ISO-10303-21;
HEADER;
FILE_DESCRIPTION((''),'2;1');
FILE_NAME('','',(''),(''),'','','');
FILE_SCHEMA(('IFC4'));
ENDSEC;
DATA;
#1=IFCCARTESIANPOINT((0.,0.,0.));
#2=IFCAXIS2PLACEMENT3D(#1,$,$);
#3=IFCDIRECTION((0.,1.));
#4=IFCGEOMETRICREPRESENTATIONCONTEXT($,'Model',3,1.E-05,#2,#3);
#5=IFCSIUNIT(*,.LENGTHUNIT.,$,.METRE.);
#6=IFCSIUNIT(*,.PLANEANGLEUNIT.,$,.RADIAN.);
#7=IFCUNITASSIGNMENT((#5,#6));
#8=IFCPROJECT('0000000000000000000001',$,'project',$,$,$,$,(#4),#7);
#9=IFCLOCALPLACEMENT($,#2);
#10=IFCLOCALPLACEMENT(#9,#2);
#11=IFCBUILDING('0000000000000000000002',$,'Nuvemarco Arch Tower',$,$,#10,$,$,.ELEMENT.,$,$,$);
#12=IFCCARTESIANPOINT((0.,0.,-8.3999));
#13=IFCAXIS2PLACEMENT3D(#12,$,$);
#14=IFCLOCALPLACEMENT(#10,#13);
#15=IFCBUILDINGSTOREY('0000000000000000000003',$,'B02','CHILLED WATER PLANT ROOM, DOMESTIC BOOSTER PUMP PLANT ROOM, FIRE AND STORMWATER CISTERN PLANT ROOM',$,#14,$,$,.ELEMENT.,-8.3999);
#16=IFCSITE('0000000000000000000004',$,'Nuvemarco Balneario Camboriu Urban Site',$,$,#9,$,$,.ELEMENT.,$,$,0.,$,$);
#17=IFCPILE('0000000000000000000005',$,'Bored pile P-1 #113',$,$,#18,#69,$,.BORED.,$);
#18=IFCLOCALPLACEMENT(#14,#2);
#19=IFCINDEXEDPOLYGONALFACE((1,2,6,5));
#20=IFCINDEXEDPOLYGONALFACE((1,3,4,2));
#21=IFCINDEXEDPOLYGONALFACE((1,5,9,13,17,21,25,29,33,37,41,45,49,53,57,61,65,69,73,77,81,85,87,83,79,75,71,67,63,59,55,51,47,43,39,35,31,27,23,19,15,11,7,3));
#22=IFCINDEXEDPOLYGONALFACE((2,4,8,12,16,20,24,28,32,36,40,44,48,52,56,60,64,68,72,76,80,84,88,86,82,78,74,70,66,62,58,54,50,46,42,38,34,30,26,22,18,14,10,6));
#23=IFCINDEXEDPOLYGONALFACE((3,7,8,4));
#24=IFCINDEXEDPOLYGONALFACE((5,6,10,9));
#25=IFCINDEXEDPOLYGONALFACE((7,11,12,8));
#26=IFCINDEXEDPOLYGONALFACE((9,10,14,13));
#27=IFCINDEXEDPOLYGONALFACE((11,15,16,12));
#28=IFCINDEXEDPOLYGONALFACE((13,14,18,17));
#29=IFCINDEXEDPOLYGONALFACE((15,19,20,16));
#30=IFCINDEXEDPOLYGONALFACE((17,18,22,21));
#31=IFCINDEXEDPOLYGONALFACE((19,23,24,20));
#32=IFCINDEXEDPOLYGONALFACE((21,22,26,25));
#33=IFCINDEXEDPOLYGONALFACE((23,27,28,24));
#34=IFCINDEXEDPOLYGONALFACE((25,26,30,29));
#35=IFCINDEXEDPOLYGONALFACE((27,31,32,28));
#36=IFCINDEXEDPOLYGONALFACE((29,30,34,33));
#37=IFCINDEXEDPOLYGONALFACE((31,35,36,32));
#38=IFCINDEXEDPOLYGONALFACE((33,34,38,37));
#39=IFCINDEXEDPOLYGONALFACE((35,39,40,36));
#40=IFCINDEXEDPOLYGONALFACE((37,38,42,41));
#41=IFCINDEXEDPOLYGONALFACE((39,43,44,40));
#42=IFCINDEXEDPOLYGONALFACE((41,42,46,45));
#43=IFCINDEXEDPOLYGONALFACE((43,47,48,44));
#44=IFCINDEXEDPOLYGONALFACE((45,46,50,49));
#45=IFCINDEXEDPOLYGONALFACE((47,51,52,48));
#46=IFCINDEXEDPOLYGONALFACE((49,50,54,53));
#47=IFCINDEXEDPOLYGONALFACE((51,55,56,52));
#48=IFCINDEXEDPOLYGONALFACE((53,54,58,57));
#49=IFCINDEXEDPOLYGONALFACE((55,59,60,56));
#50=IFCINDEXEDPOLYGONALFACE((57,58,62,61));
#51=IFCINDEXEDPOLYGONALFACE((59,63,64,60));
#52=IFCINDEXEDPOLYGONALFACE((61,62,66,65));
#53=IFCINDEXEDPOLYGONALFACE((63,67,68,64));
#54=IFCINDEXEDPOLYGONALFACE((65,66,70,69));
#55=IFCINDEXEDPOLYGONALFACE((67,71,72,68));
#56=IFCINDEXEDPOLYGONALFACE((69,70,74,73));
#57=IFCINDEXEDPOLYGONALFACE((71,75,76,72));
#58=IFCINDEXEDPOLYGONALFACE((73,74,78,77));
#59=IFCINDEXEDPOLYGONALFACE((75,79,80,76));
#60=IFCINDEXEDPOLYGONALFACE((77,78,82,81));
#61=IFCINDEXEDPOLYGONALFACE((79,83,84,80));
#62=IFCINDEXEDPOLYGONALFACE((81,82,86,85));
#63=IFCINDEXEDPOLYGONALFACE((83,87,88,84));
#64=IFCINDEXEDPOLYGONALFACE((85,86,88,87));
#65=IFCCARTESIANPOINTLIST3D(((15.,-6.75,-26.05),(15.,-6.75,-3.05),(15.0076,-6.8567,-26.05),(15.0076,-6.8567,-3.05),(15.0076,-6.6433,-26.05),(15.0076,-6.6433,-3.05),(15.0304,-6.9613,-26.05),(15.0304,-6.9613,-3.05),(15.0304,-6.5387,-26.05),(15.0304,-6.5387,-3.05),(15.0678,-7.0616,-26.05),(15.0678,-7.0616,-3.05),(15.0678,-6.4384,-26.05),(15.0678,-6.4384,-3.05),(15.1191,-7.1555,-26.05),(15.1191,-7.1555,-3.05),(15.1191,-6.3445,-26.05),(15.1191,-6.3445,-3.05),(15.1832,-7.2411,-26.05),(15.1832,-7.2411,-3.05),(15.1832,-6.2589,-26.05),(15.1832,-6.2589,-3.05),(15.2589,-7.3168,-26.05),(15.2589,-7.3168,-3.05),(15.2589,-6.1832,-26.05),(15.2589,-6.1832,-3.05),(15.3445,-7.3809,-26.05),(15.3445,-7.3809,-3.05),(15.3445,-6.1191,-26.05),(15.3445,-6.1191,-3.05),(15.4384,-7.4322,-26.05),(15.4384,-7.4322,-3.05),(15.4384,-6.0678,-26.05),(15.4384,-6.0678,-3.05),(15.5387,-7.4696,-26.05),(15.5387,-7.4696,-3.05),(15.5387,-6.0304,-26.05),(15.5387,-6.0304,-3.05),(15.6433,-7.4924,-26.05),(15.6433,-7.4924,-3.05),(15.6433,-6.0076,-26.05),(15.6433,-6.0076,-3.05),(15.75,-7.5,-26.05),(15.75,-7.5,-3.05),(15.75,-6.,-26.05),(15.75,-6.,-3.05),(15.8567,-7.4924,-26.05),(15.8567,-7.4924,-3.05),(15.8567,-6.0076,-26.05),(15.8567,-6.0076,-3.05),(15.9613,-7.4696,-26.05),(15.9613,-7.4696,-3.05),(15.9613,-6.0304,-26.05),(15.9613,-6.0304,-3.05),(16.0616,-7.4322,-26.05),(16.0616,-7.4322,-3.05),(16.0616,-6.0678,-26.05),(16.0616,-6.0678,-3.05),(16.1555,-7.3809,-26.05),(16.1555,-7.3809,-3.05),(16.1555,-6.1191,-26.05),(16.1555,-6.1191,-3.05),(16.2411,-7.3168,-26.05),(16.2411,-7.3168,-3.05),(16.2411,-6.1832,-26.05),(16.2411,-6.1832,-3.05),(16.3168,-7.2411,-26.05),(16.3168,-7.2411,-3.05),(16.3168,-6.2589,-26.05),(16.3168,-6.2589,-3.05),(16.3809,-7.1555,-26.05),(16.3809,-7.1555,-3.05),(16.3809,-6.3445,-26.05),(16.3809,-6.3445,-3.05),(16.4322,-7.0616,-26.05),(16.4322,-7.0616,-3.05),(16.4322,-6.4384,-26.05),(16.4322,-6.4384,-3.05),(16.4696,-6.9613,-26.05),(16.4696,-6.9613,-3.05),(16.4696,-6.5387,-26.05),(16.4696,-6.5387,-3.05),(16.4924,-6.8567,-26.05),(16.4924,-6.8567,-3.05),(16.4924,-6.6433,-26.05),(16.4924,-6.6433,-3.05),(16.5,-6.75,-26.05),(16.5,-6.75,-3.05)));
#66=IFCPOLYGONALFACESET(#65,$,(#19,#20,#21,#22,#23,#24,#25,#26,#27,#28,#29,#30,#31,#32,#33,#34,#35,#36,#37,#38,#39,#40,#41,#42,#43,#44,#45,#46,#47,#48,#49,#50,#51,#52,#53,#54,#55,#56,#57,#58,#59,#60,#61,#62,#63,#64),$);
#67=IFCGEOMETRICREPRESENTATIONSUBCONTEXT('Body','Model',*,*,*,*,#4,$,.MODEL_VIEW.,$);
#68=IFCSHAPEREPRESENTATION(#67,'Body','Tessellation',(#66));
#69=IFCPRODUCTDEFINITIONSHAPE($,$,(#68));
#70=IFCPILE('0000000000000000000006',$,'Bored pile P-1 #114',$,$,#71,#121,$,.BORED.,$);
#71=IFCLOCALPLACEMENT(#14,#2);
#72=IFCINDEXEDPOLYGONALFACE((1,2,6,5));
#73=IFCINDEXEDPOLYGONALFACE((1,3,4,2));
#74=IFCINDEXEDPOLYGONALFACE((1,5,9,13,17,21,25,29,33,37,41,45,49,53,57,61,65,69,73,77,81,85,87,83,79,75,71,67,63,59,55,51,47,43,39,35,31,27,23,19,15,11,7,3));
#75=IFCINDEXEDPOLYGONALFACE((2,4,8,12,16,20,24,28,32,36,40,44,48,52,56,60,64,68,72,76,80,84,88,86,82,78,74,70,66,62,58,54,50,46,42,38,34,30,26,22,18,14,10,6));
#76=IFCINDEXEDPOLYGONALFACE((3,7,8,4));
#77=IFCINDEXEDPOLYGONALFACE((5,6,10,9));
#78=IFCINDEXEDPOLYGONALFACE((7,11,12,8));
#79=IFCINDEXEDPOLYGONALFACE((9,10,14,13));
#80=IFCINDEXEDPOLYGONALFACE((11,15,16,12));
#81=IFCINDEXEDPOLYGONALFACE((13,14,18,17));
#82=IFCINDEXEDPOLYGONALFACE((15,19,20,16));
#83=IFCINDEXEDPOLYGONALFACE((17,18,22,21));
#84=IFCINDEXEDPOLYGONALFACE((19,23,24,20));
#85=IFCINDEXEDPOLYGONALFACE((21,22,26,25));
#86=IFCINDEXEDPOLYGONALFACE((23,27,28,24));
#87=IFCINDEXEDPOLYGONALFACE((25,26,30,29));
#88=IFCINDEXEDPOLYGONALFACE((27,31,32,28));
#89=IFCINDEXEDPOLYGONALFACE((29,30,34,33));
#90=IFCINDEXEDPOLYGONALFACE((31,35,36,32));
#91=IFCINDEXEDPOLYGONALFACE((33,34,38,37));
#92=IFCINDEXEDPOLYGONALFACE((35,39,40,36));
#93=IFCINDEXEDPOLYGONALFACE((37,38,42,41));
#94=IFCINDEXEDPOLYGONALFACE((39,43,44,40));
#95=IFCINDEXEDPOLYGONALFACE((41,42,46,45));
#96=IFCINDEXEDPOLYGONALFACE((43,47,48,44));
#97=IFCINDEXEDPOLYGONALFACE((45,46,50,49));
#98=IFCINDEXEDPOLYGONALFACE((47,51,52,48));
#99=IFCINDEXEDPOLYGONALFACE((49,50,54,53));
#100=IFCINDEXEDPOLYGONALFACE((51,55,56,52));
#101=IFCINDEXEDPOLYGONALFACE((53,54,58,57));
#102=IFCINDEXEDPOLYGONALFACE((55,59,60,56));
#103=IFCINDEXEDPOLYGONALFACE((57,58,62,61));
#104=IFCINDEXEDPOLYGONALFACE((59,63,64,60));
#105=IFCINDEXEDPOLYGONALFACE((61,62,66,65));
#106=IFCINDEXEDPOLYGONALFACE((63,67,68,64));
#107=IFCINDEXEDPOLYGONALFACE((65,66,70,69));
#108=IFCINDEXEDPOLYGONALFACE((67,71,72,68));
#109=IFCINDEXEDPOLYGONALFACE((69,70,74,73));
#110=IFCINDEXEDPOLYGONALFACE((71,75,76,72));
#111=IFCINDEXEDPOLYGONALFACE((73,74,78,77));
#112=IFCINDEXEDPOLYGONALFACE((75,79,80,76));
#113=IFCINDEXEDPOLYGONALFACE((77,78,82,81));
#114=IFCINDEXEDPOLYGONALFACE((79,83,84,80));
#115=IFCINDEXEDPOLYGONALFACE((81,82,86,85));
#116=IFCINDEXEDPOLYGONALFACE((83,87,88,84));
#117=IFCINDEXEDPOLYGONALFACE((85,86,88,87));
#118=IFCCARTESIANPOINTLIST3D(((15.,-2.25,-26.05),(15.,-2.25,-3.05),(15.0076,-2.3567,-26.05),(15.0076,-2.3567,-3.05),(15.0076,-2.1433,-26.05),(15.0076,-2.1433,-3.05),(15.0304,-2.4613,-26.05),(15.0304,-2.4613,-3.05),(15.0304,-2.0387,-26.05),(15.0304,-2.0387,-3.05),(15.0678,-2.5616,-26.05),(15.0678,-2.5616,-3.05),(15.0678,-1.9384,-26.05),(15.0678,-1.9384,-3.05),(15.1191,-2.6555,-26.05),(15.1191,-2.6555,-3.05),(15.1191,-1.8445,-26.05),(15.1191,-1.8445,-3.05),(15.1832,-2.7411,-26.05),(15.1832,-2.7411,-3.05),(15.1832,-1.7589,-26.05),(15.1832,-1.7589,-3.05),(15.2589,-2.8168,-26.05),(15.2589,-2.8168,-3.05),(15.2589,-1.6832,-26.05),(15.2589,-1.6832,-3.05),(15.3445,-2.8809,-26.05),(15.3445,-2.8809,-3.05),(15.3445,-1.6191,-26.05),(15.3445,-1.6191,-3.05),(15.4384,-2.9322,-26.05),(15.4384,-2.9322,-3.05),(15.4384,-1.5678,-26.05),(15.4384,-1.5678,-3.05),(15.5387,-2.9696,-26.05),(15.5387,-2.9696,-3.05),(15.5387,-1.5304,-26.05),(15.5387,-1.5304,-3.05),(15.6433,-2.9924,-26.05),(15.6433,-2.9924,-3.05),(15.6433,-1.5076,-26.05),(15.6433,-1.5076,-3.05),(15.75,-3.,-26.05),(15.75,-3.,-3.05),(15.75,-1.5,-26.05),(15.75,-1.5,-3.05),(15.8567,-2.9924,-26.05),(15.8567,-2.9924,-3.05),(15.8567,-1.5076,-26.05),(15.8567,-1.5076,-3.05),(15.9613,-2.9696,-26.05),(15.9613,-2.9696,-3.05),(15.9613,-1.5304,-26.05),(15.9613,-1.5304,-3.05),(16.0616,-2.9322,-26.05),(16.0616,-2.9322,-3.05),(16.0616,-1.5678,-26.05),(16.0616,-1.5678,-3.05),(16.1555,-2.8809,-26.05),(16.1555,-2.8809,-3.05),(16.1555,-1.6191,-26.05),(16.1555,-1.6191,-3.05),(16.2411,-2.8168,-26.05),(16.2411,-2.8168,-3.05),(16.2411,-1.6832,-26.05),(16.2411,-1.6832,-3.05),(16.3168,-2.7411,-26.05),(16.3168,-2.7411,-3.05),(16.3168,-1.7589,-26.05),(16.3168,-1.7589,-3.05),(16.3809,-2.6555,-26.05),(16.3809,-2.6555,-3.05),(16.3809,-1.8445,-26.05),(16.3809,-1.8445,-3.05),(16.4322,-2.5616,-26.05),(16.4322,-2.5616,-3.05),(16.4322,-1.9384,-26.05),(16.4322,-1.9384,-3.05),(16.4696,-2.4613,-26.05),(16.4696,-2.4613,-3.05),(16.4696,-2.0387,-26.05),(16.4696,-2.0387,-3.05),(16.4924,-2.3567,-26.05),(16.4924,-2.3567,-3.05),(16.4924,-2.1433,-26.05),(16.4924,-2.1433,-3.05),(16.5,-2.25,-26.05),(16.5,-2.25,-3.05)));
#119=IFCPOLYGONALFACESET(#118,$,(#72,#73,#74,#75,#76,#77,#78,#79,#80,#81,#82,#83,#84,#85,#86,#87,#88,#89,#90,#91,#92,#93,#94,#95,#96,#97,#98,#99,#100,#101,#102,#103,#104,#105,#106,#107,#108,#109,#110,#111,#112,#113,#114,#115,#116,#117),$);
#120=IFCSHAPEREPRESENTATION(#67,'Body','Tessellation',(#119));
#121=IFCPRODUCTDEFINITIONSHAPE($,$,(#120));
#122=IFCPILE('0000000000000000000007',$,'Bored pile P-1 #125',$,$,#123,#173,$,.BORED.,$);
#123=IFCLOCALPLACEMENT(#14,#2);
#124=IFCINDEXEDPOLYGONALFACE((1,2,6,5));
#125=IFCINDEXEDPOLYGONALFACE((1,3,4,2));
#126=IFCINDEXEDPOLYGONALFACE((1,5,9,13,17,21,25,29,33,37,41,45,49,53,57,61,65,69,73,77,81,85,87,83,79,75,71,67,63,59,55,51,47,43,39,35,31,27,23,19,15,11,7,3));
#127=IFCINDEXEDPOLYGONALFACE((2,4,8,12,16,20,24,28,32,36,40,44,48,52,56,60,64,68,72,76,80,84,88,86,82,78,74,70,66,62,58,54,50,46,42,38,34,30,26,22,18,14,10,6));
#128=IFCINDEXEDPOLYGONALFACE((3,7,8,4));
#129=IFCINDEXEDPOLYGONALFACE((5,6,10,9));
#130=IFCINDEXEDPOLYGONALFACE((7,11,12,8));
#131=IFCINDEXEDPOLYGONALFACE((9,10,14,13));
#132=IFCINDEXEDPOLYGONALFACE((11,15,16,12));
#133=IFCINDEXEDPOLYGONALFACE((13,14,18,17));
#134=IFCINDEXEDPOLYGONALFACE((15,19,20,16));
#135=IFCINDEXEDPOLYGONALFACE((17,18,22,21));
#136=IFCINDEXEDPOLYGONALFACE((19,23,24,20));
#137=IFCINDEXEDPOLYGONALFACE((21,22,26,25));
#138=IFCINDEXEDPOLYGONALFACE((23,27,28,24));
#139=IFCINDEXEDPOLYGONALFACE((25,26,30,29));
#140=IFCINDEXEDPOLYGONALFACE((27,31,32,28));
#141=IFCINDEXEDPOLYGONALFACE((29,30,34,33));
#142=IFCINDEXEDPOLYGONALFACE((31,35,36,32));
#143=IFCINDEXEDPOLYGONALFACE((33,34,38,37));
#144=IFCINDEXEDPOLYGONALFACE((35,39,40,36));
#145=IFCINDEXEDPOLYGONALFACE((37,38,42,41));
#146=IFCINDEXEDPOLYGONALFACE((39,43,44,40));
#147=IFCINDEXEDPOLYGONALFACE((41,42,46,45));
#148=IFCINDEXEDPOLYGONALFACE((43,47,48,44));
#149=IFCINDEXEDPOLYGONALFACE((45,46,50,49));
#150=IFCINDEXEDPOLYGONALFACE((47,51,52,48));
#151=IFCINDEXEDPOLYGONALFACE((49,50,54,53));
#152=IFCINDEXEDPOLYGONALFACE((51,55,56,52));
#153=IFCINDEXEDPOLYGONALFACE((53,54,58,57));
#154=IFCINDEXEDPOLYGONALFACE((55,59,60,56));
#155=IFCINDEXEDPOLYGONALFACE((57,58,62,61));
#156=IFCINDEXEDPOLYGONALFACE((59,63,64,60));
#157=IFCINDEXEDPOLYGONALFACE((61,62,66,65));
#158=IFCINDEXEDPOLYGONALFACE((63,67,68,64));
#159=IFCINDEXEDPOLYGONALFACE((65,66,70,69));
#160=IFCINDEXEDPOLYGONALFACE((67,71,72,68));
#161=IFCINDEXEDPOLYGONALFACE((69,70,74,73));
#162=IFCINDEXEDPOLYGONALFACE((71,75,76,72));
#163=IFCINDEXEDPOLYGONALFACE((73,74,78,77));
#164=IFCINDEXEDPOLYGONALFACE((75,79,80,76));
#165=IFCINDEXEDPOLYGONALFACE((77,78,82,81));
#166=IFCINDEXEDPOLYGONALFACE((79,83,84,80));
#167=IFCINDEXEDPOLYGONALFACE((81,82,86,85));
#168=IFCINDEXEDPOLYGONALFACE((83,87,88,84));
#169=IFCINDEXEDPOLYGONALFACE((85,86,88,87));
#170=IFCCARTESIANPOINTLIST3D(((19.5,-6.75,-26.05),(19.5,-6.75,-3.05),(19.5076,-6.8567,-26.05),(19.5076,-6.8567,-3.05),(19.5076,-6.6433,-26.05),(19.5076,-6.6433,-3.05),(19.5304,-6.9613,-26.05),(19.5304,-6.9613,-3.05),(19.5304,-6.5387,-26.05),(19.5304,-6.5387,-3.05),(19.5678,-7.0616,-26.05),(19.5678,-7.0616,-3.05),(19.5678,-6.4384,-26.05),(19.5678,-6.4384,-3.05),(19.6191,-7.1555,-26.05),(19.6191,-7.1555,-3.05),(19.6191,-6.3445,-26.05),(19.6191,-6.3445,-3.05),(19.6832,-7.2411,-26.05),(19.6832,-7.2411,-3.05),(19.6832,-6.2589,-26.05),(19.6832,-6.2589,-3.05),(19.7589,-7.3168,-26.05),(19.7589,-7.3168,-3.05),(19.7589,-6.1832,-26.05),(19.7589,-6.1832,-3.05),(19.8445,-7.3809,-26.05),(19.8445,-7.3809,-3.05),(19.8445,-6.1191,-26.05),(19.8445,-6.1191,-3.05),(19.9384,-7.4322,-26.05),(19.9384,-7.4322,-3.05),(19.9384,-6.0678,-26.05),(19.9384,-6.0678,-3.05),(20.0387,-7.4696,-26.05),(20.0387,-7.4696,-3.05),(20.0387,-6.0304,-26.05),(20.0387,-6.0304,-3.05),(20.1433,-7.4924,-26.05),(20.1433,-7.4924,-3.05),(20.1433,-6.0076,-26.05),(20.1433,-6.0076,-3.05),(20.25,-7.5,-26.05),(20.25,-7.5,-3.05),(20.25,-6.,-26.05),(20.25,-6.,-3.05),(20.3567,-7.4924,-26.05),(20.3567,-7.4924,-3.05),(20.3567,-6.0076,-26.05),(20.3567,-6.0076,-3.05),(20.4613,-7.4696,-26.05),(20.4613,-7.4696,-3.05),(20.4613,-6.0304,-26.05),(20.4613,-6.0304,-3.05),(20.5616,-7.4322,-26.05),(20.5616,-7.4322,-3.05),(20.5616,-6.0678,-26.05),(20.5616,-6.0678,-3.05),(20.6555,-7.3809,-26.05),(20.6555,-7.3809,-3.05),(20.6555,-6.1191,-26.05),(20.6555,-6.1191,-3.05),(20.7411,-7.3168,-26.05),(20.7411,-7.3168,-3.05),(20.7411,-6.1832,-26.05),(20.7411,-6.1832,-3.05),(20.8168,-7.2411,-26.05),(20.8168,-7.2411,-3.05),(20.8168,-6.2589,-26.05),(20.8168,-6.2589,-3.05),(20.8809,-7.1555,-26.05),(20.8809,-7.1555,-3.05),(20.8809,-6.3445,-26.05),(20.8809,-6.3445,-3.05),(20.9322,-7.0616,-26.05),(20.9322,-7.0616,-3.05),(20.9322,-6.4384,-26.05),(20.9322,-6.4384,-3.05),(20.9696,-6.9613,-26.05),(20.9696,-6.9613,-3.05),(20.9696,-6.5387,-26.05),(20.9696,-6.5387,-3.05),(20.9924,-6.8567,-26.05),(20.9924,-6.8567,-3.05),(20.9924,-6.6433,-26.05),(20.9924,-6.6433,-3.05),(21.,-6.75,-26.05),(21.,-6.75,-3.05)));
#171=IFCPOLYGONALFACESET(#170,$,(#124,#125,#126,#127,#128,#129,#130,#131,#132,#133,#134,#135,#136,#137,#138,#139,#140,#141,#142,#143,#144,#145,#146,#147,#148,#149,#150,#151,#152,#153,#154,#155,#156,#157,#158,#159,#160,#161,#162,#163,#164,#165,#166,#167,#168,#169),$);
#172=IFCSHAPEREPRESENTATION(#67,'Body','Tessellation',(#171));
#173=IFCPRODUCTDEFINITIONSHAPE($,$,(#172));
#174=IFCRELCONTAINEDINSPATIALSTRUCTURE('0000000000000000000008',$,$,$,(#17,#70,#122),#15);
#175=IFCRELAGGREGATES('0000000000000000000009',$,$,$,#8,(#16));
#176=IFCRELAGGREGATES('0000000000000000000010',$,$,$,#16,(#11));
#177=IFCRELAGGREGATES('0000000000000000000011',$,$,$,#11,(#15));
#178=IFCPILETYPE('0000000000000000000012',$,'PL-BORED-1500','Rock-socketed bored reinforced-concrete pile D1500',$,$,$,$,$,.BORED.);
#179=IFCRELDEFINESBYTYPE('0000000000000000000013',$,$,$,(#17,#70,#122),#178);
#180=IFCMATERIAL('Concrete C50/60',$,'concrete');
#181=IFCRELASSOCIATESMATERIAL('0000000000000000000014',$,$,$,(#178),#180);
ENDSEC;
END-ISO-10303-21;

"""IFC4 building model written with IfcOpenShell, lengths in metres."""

from ifc_helpers import new_model, si_unit, direction, frame, origin, origin_2d, place, context, subcontext, project, spatial, circle, extrude, material, material_profile, profile_set, type_object, element, save


model = new_model("IFC4")

# Units and contexts
model_context = context("Model", 3, precision=1e-05, world=origin(), true_north=direction((0.0, 1.0)))
body_context = subcontext(model_context, "Body", "Model", "MODEL_VIEW")
ifc_project = project(units=[si_unit("LENGTHUNIT", "METRE"), si_unit("PLANEANGLEUNIT", "RADIAN")], contexts=[model_context])

# Site, building, storey
site_placement = place(None, origin())
site = spatial("IfcSite", under=ifc_project, at=site_placement, Name="Nuvemarco Balneario Camboriu Urban Site", CompositionType="ELEMENT", RefElevation=0.0)
building_placement = place(site_placement, origin())
building = spatial("IfcBuilding", under=site, at=building_placement, Name="Nuvemarco Arch Tower", CompositionType="ELEMENT")
storey_placement = place(building_placement, frame((0.0, 0.0, -8.3999)))
storey = spatial("IfcBuildingStorey", under=building, at=storey_placement, Name="B02", Description="CHILLED WATER PLANT ROOM, DOMESTIC BOOSTER PUMP PLANT ROOM, FIRE AND STORMWATER CISTERN PLANT ROOM", CompositionType="ELEMENT", Elevation=-8.3999)

# Piles
ifc_material_1 = material(Name="Concrete C50/60", Category="concrete")
ifc_material_profile_1 = material_profile(ifc_material_1, circle(Radius=0.75, at=origin_2d()), Name="PILE-D1500")
ifc_profile_set_1 = profile_set([ifc_material_profile_1], Name="Concrete C50/60")
pile_type = type_object("IfcPileType", Name="PL-BORED-1500", Description="Rock-socketed bored reinforced-concrete pile D1500", PredefinedType="BORED", material=ifc_profile_set_1)
for number, where, z_axis, x_axis, name in (
    (1, (15.75, -6.75, -3.05), (0.0, 0.0, -1.0), (1.0, 0.0, 0.0), "Bored pile P-1 #113"),
    (2, (15.75, -2.25, -3.05), (0.0, 0.0, -1.0), (1.0, 0.0, 0.0), "Bored pile P-1 #114"),
    (3, (20.25, -6.75, -3.05), (0.0, 0.0, -1.0), (1.0, 0.0, 0.0), "Bored pile P-1 #125"),
):
    element("IfcPile", number, at=place(storey_placement, frame(where, z_axis=z_axis, x_axis=x_axis)), inside=storey, type_object=pile_type, Name=name, PredefinedType="BORED", context=body_context, shape_type="SweptSolid", body=[
        extrude(circle(Radius=0.75, at=origin_2d()), origin(), (0.0, 0.0, 1.0), 23.0),
    ])

save(model, "model.ifc")
